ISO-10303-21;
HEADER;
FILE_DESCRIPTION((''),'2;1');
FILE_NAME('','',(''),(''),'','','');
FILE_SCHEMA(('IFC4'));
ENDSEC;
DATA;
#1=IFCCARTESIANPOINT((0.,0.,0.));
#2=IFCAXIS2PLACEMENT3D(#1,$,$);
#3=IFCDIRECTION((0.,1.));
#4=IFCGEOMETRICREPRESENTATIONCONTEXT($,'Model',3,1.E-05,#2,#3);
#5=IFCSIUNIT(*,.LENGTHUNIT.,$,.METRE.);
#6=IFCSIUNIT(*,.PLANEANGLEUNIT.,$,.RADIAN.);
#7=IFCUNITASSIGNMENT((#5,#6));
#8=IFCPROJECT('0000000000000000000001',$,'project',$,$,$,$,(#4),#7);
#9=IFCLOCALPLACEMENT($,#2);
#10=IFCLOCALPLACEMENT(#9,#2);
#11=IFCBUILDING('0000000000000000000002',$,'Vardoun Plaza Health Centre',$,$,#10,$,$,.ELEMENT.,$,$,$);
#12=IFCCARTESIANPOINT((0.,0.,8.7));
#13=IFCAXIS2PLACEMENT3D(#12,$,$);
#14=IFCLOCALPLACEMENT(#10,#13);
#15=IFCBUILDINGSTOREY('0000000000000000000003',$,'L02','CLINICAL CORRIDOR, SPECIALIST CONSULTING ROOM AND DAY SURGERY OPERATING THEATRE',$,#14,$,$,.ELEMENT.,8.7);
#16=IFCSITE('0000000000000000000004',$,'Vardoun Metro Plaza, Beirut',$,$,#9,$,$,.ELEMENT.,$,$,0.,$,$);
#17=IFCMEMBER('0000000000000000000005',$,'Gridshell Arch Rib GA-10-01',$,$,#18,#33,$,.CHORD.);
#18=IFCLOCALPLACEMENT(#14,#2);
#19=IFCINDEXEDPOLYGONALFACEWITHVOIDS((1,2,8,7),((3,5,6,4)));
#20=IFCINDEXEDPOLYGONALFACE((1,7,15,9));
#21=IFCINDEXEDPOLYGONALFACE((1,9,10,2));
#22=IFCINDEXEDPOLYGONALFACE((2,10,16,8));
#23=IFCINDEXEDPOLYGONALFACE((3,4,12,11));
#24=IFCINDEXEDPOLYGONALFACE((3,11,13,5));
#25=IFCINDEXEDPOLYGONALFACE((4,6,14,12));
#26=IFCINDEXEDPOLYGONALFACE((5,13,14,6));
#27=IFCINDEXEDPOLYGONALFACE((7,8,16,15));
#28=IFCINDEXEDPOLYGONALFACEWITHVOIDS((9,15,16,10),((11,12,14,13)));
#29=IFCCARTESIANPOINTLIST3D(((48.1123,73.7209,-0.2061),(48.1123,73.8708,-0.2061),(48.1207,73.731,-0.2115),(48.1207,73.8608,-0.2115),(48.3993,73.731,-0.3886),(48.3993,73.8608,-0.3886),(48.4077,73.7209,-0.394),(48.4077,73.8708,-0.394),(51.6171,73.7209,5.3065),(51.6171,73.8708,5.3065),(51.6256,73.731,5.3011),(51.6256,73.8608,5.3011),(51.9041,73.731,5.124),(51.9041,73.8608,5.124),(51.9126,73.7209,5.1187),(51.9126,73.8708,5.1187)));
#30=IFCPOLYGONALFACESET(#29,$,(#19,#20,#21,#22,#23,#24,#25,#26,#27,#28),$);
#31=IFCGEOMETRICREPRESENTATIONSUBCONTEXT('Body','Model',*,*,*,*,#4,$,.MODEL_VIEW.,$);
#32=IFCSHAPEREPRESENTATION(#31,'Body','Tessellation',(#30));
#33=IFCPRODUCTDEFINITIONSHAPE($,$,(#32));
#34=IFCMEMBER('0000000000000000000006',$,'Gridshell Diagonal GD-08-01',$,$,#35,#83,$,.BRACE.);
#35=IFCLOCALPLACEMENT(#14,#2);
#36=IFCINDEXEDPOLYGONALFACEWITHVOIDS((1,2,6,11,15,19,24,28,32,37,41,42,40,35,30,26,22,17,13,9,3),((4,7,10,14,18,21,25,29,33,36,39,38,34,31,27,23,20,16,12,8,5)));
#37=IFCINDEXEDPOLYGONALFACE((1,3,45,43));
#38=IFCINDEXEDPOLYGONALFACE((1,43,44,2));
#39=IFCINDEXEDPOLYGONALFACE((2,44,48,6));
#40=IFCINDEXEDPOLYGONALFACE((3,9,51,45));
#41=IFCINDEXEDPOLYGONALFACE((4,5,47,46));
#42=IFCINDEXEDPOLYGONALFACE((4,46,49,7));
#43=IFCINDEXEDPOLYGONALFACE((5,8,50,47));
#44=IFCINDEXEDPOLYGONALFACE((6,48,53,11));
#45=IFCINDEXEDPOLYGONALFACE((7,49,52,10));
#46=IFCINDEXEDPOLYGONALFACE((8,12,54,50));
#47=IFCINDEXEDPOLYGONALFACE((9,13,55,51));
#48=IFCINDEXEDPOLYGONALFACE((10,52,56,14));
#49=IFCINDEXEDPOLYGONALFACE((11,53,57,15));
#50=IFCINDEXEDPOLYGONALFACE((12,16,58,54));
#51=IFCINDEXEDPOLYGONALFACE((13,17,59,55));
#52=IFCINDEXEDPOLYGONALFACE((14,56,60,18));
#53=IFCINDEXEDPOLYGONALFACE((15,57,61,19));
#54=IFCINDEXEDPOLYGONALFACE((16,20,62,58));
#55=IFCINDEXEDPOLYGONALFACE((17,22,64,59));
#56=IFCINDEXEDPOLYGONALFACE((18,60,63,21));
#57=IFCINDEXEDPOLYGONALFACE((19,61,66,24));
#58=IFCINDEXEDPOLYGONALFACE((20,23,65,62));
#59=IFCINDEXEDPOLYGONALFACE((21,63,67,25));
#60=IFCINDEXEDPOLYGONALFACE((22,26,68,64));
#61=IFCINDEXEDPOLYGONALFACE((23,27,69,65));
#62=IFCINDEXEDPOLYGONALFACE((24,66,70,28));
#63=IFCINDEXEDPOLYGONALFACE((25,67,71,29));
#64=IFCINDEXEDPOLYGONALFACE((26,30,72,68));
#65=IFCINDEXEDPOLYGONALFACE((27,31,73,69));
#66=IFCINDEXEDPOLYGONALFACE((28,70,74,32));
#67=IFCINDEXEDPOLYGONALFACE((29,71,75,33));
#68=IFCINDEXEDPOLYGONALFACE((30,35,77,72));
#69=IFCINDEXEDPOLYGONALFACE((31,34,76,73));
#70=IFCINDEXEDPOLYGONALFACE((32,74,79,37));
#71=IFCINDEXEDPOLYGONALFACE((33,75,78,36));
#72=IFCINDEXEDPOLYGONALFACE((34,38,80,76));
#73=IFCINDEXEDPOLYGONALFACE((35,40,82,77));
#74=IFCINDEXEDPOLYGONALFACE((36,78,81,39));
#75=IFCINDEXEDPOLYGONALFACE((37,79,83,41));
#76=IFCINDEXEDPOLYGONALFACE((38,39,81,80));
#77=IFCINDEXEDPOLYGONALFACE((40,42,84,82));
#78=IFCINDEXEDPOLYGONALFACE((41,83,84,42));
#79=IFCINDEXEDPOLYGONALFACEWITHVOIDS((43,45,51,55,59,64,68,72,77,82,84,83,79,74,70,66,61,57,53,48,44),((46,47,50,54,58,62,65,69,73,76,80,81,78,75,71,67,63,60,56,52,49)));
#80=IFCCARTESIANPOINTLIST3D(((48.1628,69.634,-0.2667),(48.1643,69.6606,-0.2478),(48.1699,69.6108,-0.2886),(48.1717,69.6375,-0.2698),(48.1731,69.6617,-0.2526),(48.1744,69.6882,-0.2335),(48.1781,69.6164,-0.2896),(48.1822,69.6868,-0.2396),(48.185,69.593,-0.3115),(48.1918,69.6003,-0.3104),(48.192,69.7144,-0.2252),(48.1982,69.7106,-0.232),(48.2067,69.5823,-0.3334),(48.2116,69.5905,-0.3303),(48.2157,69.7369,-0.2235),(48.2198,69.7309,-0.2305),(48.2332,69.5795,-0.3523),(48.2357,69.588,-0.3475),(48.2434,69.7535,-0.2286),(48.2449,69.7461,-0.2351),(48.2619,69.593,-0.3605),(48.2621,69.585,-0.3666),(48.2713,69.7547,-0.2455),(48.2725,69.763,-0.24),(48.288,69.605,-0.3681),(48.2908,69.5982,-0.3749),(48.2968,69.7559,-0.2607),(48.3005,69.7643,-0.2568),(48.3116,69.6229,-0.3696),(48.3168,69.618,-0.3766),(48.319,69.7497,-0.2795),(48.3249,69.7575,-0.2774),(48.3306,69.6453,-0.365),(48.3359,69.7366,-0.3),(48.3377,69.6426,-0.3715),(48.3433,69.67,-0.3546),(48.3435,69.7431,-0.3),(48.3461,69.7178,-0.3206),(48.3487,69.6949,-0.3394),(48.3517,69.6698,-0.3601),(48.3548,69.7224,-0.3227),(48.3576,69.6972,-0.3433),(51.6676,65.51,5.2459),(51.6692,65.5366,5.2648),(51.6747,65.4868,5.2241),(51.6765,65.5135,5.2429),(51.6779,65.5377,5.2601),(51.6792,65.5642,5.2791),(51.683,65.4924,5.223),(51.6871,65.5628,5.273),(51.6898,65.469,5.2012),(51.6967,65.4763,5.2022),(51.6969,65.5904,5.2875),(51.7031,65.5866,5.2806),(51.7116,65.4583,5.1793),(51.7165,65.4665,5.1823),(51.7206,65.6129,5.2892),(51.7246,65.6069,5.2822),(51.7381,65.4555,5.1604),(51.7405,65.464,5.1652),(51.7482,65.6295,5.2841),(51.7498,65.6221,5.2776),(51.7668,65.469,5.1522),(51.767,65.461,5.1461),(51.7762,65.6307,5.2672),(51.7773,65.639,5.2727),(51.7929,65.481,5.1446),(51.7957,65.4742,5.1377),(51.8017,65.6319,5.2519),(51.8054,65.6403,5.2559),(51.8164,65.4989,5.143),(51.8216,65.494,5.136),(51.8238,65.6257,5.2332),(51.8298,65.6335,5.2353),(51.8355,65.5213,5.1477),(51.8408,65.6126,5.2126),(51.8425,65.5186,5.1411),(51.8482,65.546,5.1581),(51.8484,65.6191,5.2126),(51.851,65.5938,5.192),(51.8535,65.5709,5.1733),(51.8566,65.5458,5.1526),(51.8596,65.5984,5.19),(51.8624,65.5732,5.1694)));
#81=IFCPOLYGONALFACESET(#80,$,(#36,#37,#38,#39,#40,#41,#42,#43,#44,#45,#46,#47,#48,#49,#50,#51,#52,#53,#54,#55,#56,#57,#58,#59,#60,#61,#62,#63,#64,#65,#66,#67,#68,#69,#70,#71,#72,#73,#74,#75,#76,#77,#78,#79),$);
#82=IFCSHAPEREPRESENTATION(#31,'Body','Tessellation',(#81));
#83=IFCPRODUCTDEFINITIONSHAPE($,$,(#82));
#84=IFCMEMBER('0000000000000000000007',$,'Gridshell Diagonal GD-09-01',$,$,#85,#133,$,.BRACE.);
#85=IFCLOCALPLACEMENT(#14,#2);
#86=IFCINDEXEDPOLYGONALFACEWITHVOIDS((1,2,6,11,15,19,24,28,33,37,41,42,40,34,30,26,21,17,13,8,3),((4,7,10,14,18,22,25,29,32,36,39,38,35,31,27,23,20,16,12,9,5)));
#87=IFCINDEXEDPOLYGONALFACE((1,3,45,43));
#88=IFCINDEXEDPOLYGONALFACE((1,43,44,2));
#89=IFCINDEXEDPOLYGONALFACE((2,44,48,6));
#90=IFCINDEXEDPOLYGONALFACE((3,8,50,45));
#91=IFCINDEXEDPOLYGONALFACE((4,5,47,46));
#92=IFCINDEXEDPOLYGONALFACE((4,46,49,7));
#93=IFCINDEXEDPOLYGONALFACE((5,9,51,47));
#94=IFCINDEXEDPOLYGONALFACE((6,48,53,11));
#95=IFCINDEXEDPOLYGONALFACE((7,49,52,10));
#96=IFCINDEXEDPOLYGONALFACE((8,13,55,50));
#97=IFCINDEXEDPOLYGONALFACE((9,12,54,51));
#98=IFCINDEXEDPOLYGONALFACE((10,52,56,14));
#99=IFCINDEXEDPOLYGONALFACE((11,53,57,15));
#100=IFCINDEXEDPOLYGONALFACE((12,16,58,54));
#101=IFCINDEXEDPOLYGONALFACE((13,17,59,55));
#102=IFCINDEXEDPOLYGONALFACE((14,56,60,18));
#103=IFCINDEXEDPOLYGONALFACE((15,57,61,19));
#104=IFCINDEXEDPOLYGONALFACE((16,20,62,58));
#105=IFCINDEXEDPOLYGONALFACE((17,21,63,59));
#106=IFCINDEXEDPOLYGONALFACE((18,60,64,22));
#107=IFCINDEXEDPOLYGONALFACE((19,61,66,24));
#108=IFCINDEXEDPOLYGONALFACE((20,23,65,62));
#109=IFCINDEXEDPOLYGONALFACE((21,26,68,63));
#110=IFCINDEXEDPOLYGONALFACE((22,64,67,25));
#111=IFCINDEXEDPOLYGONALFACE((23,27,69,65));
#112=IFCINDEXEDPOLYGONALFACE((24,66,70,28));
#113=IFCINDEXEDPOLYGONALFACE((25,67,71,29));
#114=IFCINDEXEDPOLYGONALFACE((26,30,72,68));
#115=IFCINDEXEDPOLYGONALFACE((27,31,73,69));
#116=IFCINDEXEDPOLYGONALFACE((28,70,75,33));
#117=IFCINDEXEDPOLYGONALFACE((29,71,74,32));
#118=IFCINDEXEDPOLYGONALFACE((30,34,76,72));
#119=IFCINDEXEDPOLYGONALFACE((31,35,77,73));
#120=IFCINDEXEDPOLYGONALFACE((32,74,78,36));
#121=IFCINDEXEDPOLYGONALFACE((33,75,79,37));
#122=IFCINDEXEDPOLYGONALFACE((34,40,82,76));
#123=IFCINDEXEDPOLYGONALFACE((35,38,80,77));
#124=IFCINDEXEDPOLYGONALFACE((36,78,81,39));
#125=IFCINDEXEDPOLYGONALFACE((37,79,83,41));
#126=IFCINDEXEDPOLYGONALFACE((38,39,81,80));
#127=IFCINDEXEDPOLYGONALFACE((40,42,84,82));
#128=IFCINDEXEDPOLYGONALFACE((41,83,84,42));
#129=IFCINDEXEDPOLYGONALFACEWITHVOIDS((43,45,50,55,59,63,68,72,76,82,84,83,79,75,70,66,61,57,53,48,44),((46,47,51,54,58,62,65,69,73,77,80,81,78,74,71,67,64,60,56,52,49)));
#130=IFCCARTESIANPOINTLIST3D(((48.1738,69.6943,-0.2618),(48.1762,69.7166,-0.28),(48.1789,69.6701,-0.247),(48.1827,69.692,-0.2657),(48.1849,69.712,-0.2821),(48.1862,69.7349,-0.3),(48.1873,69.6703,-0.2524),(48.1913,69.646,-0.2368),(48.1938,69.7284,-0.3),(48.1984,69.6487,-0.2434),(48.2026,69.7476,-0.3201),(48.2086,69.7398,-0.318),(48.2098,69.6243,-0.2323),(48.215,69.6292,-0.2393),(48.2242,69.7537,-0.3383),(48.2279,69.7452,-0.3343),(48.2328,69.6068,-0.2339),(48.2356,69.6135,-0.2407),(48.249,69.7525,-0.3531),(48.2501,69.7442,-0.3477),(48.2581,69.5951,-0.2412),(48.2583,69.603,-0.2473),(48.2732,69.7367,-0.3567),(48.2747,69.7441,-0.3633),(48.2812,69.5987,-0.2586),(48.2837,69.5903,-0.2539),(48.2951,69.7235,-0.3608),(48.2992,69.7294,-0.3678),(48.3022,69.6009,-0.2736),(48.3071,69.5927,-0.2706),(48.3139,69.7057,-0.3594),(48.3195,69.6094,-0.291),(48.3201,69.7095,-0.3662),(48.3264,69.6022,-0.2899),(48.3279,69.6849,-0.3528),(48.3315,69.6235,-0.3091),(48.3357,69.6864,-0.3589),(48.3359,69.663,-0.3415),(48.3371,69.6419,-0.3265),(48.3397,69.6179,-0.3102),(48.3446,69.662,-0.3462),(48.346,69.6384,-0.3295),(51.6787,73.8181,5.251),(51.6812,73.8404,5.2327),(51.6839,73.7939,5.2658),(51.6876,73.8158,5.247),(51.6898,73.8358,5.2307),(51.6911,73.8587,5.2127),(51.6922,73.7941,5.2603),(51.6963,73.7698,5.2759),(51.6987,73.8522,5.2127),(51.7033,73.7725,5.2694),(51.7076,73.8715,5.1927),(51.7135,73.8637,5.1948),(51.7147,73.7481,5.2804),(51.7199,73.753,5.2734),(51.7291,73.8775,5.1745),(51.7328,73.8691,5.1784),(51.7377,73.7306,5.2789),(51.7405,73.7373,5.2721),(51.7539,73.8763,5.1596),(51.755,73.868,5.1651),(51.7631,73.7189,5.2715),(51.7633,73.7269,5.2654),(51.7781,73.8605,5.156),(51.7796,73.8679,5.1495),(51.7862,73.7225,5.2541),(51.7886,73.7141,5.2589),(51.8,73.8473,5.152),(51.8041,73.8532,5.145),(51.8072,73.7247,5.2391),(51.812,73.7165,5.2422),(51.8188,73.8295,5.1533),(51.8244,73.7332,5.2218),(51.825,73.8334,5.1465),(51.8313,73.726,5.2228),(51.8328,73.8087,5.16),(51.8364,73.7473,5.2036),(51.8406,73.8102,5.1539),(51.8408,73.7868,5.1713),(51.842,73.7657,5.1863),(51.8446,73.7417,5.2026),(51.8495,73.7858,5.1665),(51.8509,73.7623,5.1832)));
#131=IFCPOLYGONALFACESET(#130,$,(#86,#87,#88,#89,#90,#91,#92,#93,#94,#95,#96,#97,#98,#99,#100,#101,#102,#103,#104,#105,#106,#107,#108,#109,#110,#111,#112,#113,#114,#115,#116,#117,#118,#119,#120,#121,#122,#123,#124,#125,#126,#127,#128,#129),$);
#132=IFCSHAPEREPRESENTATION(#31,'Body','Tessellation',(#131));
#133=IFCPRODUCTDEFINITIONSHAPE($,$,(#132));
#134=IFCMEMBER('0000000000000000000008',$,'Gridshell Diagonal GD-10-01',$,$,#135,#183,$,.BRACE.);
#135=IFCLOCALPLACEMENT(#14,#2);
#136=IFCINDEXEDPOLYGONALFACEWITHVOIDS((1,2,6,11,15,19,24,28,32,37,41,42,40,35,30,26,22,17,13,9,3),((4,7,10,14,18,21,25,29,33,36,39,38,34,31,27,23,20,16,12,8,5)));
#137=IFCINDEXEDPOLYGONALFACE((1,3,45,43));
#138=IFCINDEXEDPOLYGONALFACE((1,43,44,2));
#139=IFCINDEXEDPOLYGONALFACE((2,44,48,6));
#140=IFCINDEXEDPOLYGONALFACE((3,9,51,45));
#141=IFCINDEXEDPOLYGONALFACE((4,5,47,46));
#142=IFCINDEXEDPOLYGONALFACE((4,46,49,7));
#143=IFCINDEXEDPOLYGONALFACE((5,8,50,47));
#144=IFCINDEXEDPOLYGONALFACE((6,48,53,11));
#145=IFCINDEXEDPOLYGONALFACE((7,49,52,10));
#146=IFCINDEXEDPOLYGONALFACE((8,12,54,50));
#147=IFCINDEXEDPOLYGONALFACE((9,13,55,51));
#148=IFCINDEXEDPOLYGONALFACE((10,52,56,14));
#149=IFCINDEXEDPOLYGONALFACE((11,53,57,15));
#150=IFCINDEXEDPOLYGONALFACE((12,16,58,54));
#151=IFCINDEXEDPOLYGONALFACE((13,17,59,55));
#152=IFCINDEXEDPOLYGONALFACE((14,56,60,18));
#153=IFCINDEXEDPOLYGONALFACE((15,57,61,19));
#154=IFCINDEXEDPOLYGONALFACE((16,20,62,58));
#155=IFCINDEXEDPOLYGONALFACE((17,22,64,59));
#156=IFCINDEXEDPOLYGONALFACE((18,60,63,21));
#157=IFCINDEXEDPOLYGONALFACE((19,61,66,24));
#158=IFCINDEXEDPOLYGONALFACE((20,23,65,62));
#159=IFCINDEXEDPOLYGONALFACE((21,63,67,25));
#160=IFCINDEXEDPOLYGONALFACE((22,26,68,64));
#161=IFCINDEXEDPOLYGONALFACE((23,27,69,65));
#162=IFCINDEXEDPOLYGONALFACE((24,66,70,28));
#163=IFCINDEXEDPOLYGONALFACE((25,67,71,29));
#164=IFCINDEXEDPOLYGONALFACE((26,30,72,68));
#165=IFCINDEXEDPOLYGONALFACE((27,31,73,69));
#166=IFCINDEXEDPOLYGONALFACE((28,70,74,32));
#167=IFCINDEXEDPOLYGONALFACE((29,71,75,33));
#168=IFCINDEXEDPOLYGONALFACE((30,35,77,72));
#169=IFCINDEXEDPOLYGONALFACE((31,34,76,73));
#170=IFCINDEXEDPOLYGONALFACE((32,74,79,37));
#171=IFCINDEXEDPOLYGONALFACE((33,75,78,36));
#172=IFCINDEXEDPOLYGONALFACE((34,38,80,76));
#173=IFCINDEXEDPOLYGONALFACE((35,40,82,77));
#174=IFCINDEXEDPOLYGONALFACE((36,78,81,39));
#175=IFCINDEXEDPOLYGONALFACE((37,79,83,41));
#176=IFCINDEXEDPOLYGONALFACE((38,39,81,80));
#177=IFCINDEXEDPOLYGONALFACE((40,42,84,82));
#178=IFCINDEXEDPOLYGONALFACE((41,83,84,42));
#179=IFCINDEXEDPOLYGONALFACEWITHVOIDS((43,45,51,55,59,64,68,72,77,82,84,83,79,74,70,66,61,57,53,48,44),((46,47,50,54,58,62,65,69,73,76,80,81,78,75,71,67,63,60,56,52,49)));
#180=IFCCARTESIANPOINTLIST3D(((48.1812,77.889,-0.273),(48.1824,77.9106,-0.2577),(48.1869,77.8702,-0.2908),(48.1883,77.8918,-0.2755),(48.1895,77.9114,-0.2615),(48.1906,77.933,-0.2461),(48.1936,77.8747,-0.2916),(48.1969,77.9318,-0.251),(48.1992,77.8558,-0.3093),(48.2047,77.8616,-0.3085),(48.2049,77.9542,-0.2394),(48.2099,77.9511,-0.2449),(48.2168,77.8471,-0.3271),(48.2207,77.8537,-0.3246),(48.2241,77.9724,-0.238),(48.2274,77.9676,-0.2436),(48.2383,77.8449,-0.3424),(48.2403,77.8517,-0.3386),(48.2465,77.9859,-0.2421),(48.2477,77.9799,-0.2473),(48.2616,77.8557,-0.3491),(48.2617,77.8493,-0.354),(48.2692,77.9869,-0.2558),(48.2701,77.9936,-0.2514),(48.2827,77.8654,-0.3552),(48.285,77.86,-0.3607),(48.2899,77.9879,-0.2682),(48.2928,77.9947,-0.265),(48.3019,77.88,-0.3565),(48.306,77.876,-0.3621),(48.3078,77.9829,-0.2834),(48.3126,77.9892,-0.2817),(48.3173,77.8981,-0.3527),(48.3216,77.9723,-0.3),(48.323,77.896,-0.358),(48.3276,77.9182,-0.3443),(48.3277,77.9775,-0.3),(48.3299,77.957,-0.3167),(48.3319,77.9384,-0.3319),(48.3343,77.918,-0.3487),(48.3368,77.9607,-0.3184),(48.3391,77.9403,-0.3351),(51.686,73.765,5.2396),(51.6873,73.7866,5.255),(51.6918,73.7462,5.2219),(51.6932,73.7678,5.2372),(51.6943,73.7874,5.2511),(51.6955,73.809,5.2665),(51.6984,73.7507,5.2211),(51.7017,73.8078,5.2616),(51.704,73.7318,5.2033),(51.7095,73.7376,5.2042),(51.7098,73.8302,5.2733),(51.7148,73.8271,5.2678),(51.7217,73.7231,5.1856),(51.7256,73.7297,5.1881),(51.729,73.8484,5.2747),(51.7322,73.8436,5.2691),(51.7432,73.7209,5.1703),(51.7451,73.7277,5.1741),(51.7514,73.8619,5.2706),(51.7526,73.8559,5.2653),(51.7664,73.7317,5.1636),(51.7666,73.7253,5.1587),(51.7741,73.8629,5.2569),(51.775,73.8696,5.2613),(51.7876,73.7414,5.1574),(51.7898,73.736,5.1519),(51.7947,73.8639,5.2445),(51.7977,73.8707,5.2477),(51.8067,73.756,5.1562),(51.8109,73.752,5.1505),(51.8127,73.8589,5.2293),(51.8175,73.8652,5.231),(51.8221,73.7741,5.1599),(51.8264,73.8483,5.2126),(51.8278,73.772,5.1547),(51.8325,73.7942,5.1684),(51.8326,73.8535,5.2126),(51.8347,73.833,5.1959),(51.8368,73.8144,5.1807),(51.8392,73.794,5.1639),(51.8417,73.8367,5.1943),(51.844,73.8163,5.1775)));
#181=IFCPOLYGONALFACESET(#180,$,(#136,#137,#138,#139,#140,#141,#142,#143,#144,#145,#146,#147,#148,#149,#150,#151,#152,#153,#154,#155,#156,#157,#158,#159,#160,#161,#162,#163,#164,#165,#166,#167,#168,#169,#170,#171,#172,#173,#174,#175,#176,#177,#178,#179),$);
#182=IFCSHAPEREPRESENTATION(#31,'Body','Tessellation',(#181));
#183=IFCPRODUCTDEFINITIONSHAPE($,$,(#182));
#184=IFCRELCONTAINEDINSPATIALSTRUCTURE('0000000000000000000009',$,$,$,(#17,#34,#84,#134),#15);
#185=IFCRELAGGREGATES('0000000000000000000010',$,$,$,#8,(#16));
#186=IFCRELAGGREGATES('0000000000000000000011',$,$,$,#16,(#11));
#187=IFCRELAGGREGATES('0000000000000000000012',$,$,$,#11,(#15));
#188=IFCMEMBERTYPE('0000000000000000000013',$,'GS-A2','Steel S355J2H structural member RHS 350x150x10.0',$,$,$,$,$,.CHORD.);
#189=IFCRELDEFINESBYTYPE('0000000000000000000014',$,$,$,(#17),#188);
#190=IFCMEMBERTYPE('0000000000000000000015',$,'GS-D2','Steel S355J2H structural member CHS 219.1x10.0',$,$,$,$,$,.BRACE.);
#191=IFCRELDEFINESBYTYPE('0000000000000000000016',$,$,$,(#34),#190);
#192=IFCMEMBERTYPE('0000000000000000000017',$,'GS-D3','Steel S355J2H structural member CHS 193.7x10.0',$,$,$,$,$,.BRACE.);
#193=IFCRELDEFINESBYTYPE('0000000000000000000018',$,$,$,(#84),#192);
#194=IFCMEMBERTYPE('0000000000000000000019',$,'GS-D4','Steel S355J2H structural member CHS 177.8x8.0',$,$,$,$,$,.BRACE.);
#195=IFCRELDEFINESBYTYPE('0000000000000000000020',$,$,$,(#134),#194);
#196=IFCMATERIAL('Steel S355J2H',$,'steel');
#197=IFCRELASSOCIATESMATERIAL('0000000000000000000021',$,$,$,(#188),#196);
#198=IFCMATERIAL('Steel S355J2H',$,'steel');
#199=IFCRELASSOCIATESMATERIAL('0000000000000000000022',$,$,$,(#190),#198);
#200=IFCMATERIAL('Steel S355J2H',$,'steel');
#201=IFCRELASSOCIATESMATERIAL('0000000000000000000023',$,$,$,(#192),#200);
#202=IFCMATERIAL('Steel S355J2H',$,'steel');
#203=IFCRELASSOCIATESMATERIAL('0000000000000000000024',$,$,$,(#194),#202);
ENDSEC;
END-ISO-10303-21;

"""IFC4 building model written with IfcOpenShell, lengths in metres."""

from ifc_helpers import new_model, si_unit, direction, frame, origin, origin_2d, place, context, subcontext, project, spatial, hollow_rectangle, hollow_circle, extrude, material, material_profile, profile_set, type_object, element, save


model = new_model("IFC4")

# Units and contexts
model_context = context("Model", 3, precision=1e-05, world=origin(), true_north=direction((0.0, 1.0)))
body_context = subcontext(model_context, "Body", "Model", "MODEL_VIEW")
ifc_project = project(units=[si_unit("LENGTHUNIT", "METRE"), si_unit("PLANEANGLEUNIT", "RADIAN")], contexts=[model_context])

# Site, building, storey
site_placement = place(None, origin())
site = spatial("IfcSite", under=ifc_project, at=site_placement, Name="Vardoun Metro Plaza, Beirut", CompositionType="ELEMENT", RefElevation=0.0)
building_placement = place(site_placement, origin())
building = spatial("IfcBuilding", under=site, at=building_placement, Name="Vardoun Plaza Health Centre", CompositionType="ELEMENT")
storey_placement = place(building_placement, frame((0.0, 0.0, 8.7)))
storey = spatial("IfcBuildingStorey", under=building, at=storey_placement, Name="L02", Description="CLINICAL CORRIDOR, SPECIALIST CONSULTING ROOM AND DAY SURGERY OPERATING THEATRE", CompositionType="ELEMENT", Elevation=8.7)

# Members
ifc_material_1 = material(Name="Steel S355J2H", Category="steel")
ifc_material_profile_1 = material_profile(ifc_material_1, hollow_rectangle(XDim=0.1499, YDim=0.3501, WallThickness=0.01, at=origin_2d()), Name="RHS 350x150x10.0")
ifc_profile_set_1 = profile_set([ifc_material_profile_1], Name="Steel S355J2H")
member_type_1 = type_object("IfcMemberType", Name="GS-A2", Description="Steel S355J2H structural member RHS 350x150x10.0", PredefinedType="CHORD", material=ifc_profile_set_1)
for number, where, z_axis, x_axis, name in (
    (1, (48.26, 73.7959, -0.3), (0.536527, 0.0, 0.843883), (0.0, 1.0, 0.0), "Gridshell Arch Rib GA-10-01"),
):
    element("IfcMember", number, at=place(storey_placement, frame(where, z_axis=z_axis, x_axis=x_axis)), inside=storey, type_object=member_type_1, Name=name, PredefinedType="CHORD", context=body_context, shape_type="SweptSolid", body=[
        extrude(hollow_rectangle(XDim=0.1499, YDim=0.3501, WallThickness=0.01, at=origin_2d()), origin(), (0.0, 0.0, 1.0), 6.5325),
    ])
ifc_material_2 = material(Name="Steel S355J2H", Category="steel")
ifc_material_profile_2 = material_profile(ifc_material_2, hollow_circle(Radius=0.1096, WallThickness=0.01, at=origin_2d()), Name="CHS 219.1x10.0")
ifc_profile_set_2 = profile_set([ifc_material_profile_2], Name="Steel S355J2H")
member_type_2 = type_object("IfcMemberType", Name="GS-D2", Description="Steel S355J2H structural member CHS 219.1x10.0", PredefinedType="BRACE", material=ifc_profile_set_2)
member_1_placement = place(storey_placement, frame((48.26, 69.6721, -0.3), z_axis=(0.453684, -0.533828, 0.713582), x_axis=(0.761988, 0.647591, 0.0)))
element("IfcMember", 2, at=member_1_placement, inside=storey, type_object=member_type_2, Name="Gridshell Diagonal GD-08-01", PredefinedType="BRACE", context=body_context, shape_type="SweptSolid", body=[
    extrude(hollow_circle(Radius=0.1096, WallThickness=0.01, at=origin_2d()), origin(), (0.0, 0.0, 1.0), 7.7253),
])
ifc_material_3 = material(Name="Steel S355J2H", Category="steel")
ifc_material_profile_3 = material_profile(ifc_material_3, hollow_circle(Radius=0.0969, WallThickness=0.01, at=origin_2d()), Name="CHS 193.7x10.0")
ifc_profile_set_3 = profile_set([ifc_material_profile_3], Name="Steel S355J2H")
member_type_3 = type_object("IfcMemberType", Name="GS-D3", Description="Steel S355J2H structural member CHS 193.7x10.0", PredefinedType="BRACE", material=ifc_profile_set_3)
member_2_placement = place(storey_placement, frame((48.26, 69.6721, -0.3), z_axis=(0.453692, 0.533805, 0.713594), x_axis=(-0.761969, 0.647613, 0.0)))
element("IfcMember", 3, at=member_2_placement, inside=storey, type_object=member_type_3, Name="Gridshell Diagonal GD-09-01", PredefinedType="BRACE", context=body_context, shape_type="SweptSolid", body=[
    extrude(hollow_circle(Radius=0.0969, WallThickness=0.01, at=origin_2d()), origin(), (0.0, 0.0, 1.0), 7.7253),
])
ifc_material_4 = material(Name="Steel S355J2H", Category="steel")
ifc_material_profile_4 = material_profile(ifc_material_4, hollow_circle(Radius=0.0889, WallThickness=0.0081, at=origin_2d()), Name="CHS 177.8x8.0")
ifc_profile_set_4 = profile_set([ifc_material_profile_4], Name="Steel S355J2H")
member_type_4 = type_object("IfcMemberType", Name="GS-D4", Description="Steel S355J2H structural member CHS 177.8x8.0", PredefinedType="BRACE", material=ifc_profile_set_4)
member_3_placement = place(storey_placement, frame((48.26, 77.9199, -0.3), z_axis=(0.453684, -0.533828, 0.713582), x_axis=(0.761988, 0.647591, 0.0)))
element("IfcMember", 4, at=member_3_placement, inside=storey, type_object=member_type_4, Name="Gridshell Diagonal GD-10-01", PredefinedType="BRACE", context=body_context, shape_type="SweptSolid", body=[
    extrude(hollow_circle(Radius=0.0889, WallThickness=0.0081, at=origin_2d()), origin(), (0.0, 0.0, 1.0), 7.7253),
])

save(model, "model.ifc")
